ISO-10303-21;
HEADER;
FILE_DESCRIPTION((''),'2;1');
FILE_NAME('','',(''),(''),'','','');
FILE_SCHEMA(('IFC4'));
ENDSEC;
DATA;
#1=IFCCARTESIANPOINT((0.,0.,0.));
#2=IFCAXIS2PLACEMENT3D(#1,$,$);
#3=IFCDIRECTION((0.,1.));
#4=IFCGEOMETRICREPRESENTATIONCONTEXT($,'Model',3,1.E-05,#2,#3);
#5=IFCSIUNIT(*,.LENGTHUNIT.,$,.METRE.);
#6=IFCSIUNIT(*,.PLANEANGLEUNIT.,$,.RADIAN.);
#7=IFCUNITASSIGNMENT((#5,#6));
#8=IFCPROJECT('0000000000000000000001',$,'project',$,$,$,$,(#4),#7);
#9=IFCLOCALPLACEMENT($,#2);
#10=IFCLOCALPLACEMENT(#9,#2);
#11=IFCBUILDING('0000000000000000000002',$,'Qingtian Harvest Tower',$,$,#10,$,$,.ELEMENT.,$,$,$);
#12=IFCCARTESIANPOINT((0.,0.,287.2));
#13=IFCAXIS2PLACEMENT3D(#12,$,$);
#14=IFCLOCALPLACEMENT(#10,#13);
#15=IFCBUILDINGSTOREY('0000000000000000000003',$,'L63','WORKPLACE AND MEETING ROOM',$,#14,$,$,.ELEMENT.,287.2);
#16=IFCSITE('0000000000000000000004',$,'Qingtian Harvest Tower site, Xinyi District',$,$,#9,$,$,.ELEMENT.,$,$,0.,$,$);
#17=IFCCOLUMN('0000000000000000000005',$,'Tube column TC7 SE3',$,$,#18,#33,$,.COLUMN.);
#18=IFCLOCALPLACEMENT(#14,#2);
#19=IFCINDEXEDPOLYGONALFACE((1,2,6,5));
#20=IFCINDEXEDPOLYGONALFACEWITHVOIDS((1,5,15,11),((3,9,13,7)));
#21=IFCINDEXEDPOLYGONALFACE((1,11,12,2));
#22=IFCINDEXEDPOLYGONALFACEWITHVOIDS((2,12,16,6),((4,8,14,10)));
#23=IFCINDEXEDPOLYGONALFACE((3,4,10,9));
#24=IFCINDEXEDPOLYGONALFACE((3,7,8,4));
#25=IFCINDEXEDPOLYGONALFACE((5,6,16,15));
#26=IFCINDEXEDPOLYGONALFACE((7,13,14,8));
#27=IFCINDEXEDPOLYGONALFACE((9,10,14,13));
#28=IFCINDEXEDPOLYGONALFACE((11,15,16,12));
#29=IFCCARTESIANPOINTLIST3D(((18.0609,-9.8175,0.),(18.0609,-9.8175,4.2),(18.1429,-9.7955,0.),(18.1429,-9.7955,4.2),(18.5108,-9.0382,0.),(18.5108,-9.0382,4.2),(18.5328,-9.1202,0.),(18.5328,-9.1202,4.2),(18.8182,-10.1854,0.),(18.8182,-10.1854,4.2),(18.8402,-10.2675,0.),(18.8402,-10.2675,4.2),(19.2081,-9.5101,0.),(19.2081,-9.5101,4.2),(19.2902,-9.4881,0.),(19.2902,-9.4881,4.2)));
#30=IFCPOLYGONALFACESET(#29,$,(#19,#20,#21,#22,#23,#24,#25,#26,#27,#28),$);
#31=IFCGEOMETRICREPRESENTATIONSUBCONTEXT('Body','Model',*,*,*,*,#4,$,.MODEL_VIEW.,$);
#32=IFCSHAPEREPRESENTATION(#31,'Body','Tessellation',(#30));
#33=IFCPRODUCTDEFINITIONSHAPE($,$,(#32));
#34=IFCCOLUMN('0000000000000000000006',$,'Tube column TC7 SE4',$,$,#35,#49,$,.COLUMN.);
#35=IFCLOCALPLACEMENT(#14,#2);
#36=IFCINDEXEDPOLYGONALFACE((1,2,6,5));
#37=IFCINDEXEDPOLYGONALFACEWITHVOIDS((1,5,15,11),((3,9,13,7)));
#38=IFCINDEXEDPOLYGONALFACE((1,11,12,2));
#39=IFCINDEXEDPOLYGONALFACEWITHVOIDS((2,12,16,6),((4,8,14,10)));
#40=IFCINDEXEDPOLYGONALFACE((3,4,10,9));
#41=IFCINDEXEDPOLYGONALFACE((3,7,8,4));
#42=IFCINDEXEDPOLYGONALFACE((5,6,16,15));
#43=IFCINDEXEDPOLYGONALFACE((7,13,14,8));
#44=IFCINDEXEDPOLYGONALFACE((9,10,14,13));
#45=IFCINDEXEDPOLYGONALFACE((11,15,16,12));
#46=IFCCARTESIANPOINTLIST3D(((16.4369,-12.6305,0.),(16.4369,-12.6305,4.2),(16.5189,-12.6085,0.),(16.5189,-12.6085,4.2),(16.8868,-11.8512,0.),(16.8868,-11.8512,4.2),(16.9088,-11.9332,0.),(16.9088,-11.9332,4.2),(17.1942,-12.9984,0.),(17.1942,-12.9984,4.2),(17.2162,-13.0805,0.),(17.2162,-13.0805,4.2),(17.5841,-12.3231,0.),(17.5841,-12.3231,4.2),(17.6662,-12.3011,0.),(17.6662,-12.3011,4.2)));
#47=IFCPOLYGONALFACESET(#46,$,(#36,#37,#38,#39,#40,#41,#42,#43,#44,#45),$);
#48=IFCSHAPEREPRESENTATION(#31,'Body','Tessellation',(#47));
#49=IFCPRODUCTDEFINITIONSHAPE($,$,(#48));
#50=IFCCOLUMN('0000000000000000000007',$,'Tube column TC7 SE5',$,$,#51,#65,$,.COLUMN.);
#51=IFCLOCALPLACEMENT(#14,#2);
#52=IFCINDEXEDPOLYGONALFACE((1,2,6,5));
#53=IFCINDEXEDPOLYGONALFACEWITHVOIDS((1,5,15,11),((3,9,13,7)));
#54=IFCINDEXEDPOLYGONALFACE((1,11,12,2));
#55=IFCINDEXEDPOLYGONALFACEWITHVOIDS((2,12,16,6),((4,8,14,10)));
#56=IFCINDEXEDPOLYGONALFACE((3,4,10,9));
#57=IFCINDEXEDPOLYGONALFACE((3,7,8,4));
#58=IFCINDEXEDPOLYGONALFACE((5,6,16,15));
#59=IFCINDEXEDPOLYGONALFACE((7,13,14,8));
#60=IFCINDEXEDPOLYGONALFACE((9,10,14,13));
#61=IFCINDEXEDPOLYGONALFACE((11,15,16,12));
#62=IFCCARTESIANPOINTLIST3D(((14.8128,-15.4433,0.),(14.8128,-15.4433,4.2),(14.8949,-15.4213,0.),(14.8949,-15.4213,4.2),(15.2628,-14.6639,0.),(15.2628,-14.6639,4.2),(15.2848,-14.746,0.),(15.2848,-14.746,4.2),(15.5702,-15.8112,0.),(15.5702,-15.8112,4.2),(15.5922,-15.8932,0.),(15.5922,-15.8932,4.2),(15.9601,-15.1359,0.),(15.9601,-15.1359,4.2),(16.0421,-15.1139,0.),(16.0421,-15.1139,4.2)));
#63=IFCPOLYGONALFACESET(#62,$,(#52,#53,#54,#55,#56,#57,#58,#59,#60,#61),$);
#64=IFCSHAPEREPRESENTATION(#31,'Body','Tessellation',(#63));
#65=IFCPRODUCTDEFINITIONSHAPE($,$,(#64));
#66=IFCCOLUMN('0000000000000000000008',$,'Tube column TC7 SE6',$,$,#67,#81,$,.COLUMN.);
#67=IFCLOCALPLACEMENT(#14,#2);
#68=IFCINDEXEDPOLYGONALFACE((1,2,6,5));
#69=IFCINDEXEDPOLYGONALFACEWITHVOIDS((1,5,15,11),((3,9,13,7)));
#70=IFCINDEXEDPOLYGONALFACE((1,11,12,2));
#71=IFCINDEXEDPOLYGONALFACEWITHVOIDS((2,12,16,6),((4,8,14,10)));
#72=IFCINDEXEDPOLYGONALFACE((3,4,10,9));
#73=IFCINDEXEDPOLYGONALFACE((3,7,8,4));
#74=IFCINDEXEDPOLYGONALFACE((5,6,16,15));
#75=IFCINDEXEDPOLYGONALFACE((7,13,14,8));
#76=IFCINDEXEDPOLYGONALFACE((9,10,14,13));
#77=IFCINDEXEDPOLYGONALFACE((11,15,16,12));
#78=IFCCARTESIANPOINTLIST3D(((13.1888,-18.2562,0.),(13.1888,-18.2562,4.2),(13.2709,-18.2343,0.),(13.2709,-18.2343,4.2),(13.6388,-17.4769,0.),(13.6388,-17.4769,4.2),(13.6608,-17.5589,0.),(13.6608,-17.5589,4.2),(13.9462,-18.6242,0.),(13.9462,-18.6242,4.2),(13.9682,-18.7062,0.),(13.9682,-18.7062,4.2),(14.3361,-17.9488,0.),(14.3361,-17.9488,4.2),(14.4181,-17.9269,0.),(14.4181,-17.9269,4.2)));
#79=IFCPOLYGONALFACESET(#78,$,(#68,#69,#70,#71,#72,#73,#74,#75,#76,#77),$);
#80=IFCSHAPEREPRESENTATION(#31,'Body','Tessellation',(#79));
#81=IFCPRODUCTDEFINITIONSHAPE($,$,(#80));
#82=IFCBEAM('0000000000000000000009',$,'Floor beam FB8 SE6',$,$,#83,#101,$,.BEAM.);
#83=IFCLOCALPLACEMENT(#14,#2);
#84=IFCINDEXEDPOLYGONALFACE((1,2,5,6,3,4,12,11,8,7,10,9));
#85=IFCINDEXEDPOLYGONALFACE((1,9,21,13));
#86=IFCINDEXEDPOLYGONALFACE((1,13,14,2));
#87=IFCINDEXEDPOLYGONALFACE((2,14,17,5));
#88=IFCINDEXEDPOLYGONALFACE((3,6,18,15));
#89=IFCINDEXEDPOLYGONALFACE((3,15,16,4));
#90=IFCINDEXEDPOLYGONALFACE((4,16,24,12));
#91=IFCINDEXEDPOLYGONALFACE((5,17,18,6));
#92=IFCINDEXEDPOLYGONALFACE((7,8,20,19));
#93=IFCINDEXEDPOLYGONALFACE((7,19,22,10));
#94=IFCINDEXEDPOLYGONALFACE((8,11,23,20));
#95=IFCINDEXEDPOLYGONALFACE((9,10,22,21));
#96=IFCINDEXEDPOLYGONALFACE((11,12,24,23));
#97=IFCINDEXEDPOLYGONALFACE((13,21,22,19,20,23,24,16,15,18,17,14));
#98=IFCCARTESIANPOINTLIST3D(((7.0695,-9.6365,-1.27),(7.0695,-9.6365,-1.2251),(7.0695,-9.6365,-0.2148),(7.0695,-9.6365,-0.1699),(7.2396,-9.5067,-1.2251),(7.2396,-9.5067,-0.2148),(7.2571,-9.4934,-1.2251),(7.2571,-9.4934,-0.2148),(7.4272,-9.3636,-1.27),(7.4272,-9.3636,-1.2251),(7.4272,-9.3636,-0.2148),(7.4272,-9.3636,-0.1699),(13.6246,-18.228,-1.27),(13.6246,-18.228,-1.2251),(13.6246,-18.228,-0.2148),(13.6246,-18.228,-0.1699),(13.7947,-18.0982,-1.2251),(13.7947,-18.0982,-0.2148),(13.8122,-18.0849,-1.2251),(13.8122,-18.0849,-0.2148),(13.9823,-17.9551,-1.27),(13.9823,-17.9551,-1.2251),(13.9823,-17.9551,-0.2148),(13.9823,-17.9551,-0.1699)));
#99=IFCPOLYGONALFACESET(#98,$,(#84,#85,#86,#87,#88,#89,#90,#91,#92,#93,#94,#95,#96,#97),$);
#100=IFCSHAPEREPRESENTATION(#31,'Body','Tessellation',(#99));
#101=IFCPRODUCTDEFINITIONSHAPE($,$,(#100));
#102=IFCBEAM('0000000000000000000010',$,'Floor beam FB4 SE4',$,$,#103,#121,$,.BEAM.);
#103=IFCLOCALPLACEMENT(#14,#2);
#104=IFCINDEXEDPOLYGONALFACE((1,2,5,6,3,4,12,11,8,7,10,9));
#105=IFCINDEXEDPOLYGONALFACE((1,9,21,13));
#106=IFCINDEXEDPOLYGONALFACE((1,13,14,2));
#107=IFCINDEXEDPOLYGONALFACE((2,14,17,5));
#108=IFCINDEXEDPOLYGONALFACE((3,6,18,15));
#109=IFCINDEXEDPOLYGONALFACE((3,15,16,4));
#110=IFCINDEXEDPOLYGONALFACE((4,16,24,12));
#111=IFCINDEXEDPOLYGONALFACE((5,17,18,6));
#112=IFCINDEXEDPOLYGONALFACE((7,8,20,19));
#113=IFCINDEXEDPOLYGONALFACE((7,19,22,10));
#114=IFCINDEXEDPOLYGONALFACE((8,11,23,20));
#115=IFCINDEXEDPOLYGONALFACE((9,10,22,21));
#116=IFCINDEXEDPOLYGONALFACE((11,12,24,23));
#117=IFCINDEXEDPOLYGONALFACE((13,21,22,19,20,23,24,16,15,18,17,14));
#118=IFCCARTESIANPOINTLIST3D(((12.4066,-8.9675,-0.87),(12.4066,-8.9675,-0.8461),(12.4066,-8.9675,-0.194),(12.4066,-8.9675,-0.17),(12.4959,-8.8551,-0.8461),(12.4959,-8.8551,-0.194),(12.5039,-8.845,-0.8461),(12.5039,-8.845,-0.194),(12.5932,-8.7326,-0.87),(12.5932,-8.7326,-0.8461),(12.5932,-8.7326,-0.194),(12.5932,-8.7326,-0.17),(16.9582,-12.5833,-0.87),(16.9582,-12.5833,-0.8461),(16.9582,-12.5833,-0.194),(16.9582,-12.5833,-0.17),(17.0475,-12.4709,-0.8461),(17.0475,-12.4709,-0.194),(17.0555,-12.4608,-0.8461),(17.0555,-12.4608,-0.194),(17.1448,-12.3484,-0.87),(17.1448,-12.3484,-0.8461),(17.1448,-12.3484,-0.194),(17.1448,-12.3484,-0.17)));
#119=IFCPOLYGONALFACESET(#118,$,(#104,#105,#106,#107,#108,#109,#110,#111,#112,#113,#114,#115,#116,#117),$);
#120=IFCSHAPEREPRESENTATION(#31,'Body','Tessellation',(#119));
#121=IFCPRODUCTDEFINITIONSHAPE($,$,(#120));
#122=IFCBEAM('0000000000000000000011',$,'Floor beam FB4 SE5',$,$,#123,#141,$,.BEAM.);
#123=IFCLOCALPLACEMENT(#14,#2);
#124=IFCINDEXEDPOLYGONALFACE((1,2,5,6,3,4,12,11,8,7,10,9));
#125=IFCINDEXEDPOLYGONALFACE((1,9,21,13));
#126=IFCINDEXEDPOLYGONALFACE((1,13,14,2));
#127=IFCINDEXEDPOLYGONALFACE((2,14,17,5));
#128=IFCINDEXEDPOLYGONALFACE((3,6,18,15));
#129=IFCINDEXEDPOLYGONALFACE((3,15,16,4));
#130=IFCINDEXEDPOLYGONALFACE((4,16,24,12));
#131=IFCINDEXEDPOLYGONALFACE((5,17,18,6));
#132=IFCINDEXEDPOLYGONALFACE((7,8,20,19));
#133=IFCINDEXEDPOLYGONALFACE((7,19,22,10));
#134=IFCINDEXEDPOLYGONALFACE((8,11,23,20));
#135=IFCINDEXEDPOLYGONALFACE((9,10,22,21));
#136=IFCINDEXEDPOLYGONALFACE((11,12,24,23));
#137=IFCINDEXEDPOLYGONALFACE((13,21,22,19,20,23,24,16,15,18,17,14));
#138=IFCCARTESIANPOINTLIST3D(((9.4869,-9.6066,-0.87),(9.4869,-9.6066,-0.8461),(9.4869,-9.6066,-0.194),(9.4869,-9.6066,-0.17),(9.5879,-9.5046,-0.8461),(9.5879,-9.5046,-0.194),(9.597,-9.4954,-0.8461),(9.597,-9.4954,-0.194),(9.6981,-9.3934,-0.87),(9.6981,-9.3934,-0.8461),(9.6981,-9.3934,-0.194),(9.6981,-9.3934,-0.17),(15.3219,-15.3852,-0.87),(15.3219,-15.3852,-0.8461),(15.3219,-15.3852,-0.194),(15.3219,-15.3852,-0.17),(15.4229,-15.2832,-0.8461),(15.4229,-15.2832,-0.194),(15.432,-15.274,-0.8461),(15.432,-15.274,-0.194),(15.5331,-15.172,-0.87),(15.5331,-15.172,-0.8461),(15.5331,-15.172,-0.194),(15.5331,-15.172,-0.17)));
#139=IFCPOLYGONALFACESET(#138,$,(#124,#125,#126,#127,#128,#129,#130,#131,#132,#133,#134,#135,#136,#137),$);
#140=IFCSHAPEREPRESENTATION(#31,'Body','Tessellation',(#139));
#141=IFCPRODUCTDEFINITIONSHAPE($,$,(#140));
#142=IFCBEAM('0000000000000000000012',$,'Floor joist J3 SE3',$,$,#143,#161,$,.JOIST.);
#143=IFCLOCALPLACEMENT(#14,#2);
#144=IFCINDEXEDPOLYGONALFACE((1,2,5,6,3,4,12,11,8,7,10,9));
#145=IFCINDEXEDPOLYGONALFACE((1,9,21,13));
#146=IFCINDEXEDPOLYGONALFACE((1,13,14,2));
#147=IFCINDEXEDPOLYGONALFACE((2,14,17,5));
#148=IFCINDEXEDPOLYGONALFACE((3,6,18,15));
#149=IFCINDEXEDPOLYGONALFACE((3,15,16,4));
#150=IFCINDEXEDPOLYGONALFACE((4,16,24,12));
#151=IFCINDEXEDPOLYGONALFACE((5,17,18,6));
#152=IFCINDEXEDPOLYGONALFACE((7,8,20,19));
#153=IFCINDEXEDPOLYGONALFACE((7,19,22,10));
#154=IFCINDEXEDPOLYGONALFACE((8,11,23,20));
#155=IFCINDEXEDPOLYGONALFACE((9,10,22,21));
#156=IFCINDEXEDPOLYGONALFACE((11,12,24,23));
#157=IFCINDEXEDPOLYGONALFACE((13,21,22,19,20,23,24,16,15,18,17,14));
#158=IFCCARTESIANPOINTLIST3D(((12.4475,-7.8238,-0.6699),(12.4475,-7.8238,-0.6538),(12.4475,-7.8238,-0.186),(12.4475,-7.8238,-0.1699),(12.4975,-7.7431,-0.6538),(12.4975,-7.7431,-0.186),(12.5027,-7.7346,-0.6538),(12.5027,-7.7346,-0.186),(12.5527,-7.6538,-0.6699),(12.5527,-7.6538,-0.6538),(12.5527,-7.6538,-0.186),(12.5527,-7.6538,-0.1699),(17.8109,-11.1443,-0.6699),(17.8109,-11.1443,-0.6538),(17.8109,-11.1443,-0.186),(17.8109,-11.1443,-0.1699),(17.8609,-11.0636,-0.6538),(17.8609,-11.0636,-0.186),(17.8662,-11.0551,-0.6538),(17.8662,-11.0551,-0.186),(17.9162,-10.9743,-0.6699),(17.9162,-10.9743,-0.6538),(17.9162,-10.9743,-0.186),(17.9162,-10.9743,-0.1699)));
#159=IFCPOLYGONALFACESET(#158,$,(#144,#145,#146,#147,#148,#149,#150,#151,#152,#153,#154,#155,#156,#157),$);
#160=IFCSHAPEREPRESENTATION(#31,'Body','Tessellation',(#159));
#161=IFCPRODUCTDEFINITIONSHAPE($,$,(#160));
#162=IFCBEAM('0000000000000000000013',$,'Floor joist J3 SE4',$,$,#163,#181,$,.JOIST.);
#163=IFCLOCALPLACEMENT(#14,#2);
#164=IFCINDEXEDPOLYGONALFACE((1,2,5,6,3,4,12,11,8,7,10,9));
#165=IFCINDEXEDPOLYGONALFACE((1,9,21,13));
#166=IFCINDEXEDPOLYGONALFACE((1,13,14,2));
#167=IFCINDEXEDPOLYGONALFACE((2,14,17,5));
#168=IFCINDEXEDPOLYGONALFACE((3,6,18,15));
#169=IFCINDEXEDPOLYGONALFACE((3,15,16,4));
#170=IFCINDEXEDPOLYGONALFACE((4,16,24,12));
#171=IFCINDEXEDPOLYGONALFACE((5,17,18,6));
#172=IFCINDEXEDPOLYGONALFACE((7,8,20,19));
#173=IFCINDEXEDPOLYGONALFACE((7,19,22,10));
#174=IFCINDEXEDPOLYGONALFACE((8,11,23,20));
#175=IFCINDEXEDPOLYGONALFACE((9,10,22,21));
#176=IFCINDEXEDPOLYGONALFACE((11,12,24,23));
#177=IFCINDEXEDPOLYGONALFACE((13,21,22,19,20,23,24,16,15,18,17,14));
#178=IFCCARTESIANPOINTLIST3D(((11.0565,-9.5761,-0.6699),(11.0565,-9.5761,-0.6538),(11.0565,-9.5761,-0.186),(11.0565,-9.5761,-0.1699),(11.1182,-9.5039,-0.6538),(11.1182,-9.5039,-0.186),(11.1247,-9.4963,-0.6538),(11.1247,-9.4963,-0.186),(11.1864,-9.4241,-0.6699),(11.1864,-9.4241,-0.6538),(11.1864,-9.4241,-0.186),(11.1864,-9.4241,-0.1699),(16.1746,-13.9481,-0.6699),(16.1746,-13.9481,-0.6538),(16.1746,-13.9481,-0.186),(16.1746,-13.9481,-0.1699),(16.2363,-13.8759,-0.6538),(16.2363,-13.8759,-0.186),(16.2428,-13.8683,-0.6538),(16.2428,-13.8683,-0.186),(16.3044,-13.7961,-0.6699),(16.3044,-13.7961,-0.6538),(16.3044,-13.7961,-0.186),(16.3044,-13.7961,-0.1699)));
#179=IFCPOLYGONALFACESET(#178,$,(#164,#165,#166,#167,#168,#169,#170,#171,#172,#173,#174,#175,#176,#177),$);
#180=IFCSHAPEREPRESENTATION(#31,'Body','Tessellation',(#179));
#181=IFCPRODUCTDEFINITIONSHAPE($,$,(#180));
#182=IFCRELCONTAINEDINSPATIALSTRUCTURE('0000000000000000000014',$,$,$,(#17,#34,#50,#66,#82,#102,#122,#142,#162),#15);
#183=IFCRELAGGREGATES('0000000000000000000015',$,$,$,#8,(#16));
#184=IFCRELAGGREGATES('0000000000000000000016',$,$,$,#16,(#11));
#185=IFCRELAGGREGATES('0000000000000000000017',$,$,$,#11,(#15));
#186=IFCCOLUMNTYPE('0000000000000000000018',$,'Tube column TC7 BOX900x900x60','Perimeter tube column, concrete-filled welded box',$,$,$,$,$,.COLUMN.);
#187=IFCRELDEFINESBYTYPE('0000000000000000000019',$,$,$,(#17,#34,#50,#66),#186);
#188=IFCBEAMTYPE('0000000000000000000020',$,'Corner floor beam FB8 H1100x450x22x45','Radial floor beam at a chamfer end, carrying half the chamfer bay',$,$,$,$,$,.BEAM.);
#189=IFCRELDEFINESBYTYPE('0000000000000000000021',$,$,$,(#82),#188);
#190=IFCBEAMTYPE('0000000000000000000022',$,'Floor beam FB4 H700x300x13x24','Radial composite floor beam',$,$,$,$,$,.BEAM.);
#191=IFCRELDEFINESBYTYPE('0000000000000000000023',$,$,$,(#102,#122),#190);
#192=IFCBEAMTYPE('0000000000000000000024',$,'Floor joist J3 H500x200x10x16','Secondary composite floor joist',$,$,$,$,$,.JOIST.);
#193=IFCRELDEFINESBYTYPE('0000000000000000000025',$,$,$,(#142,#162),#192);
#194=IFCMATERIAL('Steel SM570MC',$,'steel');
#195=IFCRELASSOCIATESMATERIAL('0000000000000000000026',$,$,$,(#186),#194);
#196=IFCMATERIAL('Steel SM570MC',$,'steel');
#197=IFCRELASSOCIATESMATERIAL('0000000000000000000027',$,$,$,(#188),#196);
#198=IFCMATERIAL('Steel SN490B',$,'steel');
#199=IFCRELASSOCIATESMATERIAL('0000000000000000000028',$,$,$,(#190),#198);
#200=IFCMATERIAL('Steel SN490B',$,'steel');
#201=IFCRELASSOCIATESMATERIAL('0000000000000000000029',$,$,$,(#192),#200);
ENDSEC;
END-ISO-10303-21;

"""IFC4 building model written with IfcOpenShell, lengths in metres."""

from ifc_helpers import new_model, si_unit, direction, frame, origin, origin_2d, place, context, subcontext, project, spatial, hollow_rectangle, i_section, extrude, material, material_profile, profile_set, type_object, element, save


model = new_model("IFC4")

# Units and contexts
model_context = context("Model", 3, precision=1e-05, world=origin(), true_north=direction((0.0, 1.0)))
body_context = subcontext(model_context, "Body", "Model", "MODEL_VIEW")
ifc_project = project(units=[si_unit("LENGTHUNIT", "METRE"), si_unit("PLANEANGLEUNIT", "RADIAN")], contexts=[model_context])

# Site, building, storey
site_placement = place(None, origin())
site = spatial("IfcSite", under=ifc_project, at=site_placement, Name="Qingtian Harvest Tower site, Xinyi District", CompositionType="ELEMENT", RefElevation=0.0)
building_placement = place(site_placement, origin())
building = spatial("IfcBuilding", under=site, at=building_placement, Name="Qingtian Harvest Tower", CompositionType="ELEMENT")
storey_placement = place(building_placement, frame((0.0, 0.0, 287.2)))
storey = spatial("IfcBuildingStorey", under=building, at=storey_placement, Name="L63", Description="WORKPLACE AND MEETING ROOM", CompositionType="ELEMENT", Elevation=287.2)

# Columns
ifc_material_1 = material(Name="Steel SM570MC", Category="steel")
ifc_material_profile_1 = material_profile(ifc_material_1, hollow_rectangle(XDim=0.8999, YDim=0.8999, WallThickness=0.0601, at=origin_2d()), Name="BOX900x900x60")
ifc_profile_set_1 = profile_set([ifc_material_profile_1], Name="Steel SM570MC")
column_type = type_object("IfcColumnType", Name="Tube column TC7 BOX900x900x60", Description="Perimeter tube column, concrete-filled welded box", PredefinedType="COLUMN", material=ifc_profile_set_1)
for number, where, z_axis, x_axis, name in (
    (1, (18.6755, -9.6528, 0.0), (0.0, 0.0, 1.0), (0.5, 0.866025, 0.0), "Tube column TC7 SE3"),
    (2, (17.0515, -12.4658, 0.0), (0.0, 0.0, 1.0), (0.5, 0.866025, 0.0), "Tube column TC7 SE4"),
    (3, (15.4275, -15.2786, 0.0), (0.0, 0.0, 1.0), (0.5, 0.866025, 0.0), "Tube column TC7 SE5"),
    (4, (13.8035, -18.0916, 0.0), (0.0, 0.0, 1.0), (0.5, 0.866025, 0.0), "Tube column TC7 SE6"),
):
    element("IfcColumn", number, at=place(storey_placement, frame(where, z_axis=z_axis, x_axis=x_axis)), inside=storey, type_object=column_type, Name=name, PredefinedType="COLUMN", context=body_context, shape_type="SweptSolid", body=[
        extrude(hollow_rectangle(XDim=0.8999, YDim=0.8999, WallThickness=0.0601, at=origin_2d()), origin(), (0.0, 0.0, 1.0), 4.2),
    ])

# Beams
ifc_material_2 = material(Name="Steel SM570MC", Category="steel")
ifc_material_profile_2 = material_profile(ifc_material_2, i_section(OverallWidth=0.45, OverallDepth=1.1001, WebThickness=0.022, FlangeThickness=0.0449, at=origin_2d()), Name="H1100x450x22x45")
ifc_profile_set_2 = profile_set([ifc_material_profile_2], Name="Steel SM570MC")
beam_type_1 = type_object("IfcBeamType", Name="Corner floor beam FB8 H1100x450x22x45", Description="Radial floor beam at a chamfer end, carrying half the chamfer bay", PredefinedType="BEAM", material=ifc_profile_set_2)
beam_1_placement = place(storey_placement, frame((13.8035, -18.0916, -0.72), z_axis=(-0.606584, 0.79502, 0.0), x_axis=(-0.79502, -0.606584, 0.0)))
element("IfcBeam", 5, at=beam_1_placement, inside=storey, type_object=beam_type_1, Name="Floor beam FB8 SE6", PredefinedType="BEAM", context=body_context, shape_type="SweptSolid", body=[
    extrude(i_section(OverallWidth=0.45, OverallDepth=1.1001, WebThickness=0.022, FlangeThickness=0.0449, at=origin_2d()), origin(), (0.0, 0.0, 1.0), 10.8066),
])
ifc_material_3 = material(Name="Steel SN490B", Category="steel")
ifc_material_profile_3 = material_profile(ifc_material_3, i_section(OverallWidth=0.3, OverallDepth=0.7, WebThickness=0.0129, FlangeThickness=0.0239, at=origin_2d()), Name="H700x300x13x24")
ifc_profile_set_3 = profile_set([ifc_material_profile_3], Name="Steel SN490B")
beam_type_2 = type_object("IfcBeamType", Name="Floor beam FB4 H700x300x13x24", Description="Radial composite floor beam", PredefinedType="BEAM", material=ifc_profile_set_3)
beam_2_placement = place(storey_placement, frame((17.0515, -12.4658, -0.52), z_axis=(-0.783003, 0.622018, 0.0), x_axis=(-0.622018, -0.783003, 0.0)))
element("IfcBeam", 6, at=beam_2_placement, inside=storey, type_object=beam_type_2, Name="Floor beam FB4 SE4", PredefinedType="BEAM", context=body_context, shape_type="SweptSolid", body=[
    extrude(i_section(OverallWidth=0.3, OverallDepth=0.7, WebThickness=0.0129, FlangeThickness=0.0239, at=origin_2d()), origin(), (0.0, 0.0, 1.0), 5.813),
])
beam_3_placement = place(storey_placement, frame((15.4275, -15.2786, -0.52), z_axis=(-0.710532, 0.703665, 0.0), x_axis=(-0.703665, -0.710532, 0.0)))
element("IfcBeam", 7, at=beam_3_placement, inside=storey, type_object=beam_type_2, Name="Floor beam FB4 SE5", PredefinedType="BEAM", context=body_context, shape_type="SweptSolid", body=[
    extrude(i_section(OverallWidth=0.3, OverallDepth=0.7, WebThickness=0.0129, FlangeThickness=0.0239, at=origin_2d()), origin(), (0.0, 0.0, 1.0), 8.2122),
])
ifc_material_4 = material(Name="Steel SN490B", Category="steel")
ifc_material_profile_4 = material_profile(ifc_material_4, i_section(OverallWidth=0.2, OverallDepth=0.5, WebThickness=0.01, FlangeThickness=0.0161, at=origin_2d()), Name="H500x200x10x16")
ifc_profile_set_4 = profile_set([ifc_material_profile_4], Name="Steel SN490B")
beam_type_3 = type_object("IfcBeamType", Name="Floor joist J3 H500x200x10x16", Description="Secondary composite floor joist", PredefinedType="JOIST", material=ifc_profile_set_4)
beam_4_placement = place(storey_placement, frame((17.8635, -11.0593, -0.4199), z_axis=(-0.850245, 0.526387, 0.0), x_axis=(-0.526387, -0.850245, 0.0)))
element("IfcBeam", 8, at=beam_4_placement, inside=storey, type_object=beam_type_3, Name="Floor joist J3 SE3", PredefinedType="JOIST", context=body_context, shape_type="SweptSolid", body=[
    extrude(i_section(OverallWidth=0.2, OverallDepth=0.5, WebThickness=0.01, FlangeThickness=0.0161, at=origin_2d()), origin(), (0.0, 0.0, 1.0), 6.3081),
])
beam_5_placement = place(storey_placement, frame((16.2395, -13.8721, -0.4199), z_axis=(-0.760351, 0.649512, 0.0), x_axis=(-0.649512, -0.760351, 0.0)))
element("IfcBeam", 9, at=beam_5_placement, inside=storey, type_object=beam_type_3, Name="Floor joist J3 SE4", PredefinedType="JOIST", context=body_context, shape_type="SweptSolid", body=[
    extrude(i_section(OverallWidth=0.2, OverallDepth=0.5, WebThickness=0.01, FlangeThickness=0.0161, at=origin_2d()), origin(), (0.0, 0.0, 1.0), 6.7312),
])

save(model, "model.ifc")
